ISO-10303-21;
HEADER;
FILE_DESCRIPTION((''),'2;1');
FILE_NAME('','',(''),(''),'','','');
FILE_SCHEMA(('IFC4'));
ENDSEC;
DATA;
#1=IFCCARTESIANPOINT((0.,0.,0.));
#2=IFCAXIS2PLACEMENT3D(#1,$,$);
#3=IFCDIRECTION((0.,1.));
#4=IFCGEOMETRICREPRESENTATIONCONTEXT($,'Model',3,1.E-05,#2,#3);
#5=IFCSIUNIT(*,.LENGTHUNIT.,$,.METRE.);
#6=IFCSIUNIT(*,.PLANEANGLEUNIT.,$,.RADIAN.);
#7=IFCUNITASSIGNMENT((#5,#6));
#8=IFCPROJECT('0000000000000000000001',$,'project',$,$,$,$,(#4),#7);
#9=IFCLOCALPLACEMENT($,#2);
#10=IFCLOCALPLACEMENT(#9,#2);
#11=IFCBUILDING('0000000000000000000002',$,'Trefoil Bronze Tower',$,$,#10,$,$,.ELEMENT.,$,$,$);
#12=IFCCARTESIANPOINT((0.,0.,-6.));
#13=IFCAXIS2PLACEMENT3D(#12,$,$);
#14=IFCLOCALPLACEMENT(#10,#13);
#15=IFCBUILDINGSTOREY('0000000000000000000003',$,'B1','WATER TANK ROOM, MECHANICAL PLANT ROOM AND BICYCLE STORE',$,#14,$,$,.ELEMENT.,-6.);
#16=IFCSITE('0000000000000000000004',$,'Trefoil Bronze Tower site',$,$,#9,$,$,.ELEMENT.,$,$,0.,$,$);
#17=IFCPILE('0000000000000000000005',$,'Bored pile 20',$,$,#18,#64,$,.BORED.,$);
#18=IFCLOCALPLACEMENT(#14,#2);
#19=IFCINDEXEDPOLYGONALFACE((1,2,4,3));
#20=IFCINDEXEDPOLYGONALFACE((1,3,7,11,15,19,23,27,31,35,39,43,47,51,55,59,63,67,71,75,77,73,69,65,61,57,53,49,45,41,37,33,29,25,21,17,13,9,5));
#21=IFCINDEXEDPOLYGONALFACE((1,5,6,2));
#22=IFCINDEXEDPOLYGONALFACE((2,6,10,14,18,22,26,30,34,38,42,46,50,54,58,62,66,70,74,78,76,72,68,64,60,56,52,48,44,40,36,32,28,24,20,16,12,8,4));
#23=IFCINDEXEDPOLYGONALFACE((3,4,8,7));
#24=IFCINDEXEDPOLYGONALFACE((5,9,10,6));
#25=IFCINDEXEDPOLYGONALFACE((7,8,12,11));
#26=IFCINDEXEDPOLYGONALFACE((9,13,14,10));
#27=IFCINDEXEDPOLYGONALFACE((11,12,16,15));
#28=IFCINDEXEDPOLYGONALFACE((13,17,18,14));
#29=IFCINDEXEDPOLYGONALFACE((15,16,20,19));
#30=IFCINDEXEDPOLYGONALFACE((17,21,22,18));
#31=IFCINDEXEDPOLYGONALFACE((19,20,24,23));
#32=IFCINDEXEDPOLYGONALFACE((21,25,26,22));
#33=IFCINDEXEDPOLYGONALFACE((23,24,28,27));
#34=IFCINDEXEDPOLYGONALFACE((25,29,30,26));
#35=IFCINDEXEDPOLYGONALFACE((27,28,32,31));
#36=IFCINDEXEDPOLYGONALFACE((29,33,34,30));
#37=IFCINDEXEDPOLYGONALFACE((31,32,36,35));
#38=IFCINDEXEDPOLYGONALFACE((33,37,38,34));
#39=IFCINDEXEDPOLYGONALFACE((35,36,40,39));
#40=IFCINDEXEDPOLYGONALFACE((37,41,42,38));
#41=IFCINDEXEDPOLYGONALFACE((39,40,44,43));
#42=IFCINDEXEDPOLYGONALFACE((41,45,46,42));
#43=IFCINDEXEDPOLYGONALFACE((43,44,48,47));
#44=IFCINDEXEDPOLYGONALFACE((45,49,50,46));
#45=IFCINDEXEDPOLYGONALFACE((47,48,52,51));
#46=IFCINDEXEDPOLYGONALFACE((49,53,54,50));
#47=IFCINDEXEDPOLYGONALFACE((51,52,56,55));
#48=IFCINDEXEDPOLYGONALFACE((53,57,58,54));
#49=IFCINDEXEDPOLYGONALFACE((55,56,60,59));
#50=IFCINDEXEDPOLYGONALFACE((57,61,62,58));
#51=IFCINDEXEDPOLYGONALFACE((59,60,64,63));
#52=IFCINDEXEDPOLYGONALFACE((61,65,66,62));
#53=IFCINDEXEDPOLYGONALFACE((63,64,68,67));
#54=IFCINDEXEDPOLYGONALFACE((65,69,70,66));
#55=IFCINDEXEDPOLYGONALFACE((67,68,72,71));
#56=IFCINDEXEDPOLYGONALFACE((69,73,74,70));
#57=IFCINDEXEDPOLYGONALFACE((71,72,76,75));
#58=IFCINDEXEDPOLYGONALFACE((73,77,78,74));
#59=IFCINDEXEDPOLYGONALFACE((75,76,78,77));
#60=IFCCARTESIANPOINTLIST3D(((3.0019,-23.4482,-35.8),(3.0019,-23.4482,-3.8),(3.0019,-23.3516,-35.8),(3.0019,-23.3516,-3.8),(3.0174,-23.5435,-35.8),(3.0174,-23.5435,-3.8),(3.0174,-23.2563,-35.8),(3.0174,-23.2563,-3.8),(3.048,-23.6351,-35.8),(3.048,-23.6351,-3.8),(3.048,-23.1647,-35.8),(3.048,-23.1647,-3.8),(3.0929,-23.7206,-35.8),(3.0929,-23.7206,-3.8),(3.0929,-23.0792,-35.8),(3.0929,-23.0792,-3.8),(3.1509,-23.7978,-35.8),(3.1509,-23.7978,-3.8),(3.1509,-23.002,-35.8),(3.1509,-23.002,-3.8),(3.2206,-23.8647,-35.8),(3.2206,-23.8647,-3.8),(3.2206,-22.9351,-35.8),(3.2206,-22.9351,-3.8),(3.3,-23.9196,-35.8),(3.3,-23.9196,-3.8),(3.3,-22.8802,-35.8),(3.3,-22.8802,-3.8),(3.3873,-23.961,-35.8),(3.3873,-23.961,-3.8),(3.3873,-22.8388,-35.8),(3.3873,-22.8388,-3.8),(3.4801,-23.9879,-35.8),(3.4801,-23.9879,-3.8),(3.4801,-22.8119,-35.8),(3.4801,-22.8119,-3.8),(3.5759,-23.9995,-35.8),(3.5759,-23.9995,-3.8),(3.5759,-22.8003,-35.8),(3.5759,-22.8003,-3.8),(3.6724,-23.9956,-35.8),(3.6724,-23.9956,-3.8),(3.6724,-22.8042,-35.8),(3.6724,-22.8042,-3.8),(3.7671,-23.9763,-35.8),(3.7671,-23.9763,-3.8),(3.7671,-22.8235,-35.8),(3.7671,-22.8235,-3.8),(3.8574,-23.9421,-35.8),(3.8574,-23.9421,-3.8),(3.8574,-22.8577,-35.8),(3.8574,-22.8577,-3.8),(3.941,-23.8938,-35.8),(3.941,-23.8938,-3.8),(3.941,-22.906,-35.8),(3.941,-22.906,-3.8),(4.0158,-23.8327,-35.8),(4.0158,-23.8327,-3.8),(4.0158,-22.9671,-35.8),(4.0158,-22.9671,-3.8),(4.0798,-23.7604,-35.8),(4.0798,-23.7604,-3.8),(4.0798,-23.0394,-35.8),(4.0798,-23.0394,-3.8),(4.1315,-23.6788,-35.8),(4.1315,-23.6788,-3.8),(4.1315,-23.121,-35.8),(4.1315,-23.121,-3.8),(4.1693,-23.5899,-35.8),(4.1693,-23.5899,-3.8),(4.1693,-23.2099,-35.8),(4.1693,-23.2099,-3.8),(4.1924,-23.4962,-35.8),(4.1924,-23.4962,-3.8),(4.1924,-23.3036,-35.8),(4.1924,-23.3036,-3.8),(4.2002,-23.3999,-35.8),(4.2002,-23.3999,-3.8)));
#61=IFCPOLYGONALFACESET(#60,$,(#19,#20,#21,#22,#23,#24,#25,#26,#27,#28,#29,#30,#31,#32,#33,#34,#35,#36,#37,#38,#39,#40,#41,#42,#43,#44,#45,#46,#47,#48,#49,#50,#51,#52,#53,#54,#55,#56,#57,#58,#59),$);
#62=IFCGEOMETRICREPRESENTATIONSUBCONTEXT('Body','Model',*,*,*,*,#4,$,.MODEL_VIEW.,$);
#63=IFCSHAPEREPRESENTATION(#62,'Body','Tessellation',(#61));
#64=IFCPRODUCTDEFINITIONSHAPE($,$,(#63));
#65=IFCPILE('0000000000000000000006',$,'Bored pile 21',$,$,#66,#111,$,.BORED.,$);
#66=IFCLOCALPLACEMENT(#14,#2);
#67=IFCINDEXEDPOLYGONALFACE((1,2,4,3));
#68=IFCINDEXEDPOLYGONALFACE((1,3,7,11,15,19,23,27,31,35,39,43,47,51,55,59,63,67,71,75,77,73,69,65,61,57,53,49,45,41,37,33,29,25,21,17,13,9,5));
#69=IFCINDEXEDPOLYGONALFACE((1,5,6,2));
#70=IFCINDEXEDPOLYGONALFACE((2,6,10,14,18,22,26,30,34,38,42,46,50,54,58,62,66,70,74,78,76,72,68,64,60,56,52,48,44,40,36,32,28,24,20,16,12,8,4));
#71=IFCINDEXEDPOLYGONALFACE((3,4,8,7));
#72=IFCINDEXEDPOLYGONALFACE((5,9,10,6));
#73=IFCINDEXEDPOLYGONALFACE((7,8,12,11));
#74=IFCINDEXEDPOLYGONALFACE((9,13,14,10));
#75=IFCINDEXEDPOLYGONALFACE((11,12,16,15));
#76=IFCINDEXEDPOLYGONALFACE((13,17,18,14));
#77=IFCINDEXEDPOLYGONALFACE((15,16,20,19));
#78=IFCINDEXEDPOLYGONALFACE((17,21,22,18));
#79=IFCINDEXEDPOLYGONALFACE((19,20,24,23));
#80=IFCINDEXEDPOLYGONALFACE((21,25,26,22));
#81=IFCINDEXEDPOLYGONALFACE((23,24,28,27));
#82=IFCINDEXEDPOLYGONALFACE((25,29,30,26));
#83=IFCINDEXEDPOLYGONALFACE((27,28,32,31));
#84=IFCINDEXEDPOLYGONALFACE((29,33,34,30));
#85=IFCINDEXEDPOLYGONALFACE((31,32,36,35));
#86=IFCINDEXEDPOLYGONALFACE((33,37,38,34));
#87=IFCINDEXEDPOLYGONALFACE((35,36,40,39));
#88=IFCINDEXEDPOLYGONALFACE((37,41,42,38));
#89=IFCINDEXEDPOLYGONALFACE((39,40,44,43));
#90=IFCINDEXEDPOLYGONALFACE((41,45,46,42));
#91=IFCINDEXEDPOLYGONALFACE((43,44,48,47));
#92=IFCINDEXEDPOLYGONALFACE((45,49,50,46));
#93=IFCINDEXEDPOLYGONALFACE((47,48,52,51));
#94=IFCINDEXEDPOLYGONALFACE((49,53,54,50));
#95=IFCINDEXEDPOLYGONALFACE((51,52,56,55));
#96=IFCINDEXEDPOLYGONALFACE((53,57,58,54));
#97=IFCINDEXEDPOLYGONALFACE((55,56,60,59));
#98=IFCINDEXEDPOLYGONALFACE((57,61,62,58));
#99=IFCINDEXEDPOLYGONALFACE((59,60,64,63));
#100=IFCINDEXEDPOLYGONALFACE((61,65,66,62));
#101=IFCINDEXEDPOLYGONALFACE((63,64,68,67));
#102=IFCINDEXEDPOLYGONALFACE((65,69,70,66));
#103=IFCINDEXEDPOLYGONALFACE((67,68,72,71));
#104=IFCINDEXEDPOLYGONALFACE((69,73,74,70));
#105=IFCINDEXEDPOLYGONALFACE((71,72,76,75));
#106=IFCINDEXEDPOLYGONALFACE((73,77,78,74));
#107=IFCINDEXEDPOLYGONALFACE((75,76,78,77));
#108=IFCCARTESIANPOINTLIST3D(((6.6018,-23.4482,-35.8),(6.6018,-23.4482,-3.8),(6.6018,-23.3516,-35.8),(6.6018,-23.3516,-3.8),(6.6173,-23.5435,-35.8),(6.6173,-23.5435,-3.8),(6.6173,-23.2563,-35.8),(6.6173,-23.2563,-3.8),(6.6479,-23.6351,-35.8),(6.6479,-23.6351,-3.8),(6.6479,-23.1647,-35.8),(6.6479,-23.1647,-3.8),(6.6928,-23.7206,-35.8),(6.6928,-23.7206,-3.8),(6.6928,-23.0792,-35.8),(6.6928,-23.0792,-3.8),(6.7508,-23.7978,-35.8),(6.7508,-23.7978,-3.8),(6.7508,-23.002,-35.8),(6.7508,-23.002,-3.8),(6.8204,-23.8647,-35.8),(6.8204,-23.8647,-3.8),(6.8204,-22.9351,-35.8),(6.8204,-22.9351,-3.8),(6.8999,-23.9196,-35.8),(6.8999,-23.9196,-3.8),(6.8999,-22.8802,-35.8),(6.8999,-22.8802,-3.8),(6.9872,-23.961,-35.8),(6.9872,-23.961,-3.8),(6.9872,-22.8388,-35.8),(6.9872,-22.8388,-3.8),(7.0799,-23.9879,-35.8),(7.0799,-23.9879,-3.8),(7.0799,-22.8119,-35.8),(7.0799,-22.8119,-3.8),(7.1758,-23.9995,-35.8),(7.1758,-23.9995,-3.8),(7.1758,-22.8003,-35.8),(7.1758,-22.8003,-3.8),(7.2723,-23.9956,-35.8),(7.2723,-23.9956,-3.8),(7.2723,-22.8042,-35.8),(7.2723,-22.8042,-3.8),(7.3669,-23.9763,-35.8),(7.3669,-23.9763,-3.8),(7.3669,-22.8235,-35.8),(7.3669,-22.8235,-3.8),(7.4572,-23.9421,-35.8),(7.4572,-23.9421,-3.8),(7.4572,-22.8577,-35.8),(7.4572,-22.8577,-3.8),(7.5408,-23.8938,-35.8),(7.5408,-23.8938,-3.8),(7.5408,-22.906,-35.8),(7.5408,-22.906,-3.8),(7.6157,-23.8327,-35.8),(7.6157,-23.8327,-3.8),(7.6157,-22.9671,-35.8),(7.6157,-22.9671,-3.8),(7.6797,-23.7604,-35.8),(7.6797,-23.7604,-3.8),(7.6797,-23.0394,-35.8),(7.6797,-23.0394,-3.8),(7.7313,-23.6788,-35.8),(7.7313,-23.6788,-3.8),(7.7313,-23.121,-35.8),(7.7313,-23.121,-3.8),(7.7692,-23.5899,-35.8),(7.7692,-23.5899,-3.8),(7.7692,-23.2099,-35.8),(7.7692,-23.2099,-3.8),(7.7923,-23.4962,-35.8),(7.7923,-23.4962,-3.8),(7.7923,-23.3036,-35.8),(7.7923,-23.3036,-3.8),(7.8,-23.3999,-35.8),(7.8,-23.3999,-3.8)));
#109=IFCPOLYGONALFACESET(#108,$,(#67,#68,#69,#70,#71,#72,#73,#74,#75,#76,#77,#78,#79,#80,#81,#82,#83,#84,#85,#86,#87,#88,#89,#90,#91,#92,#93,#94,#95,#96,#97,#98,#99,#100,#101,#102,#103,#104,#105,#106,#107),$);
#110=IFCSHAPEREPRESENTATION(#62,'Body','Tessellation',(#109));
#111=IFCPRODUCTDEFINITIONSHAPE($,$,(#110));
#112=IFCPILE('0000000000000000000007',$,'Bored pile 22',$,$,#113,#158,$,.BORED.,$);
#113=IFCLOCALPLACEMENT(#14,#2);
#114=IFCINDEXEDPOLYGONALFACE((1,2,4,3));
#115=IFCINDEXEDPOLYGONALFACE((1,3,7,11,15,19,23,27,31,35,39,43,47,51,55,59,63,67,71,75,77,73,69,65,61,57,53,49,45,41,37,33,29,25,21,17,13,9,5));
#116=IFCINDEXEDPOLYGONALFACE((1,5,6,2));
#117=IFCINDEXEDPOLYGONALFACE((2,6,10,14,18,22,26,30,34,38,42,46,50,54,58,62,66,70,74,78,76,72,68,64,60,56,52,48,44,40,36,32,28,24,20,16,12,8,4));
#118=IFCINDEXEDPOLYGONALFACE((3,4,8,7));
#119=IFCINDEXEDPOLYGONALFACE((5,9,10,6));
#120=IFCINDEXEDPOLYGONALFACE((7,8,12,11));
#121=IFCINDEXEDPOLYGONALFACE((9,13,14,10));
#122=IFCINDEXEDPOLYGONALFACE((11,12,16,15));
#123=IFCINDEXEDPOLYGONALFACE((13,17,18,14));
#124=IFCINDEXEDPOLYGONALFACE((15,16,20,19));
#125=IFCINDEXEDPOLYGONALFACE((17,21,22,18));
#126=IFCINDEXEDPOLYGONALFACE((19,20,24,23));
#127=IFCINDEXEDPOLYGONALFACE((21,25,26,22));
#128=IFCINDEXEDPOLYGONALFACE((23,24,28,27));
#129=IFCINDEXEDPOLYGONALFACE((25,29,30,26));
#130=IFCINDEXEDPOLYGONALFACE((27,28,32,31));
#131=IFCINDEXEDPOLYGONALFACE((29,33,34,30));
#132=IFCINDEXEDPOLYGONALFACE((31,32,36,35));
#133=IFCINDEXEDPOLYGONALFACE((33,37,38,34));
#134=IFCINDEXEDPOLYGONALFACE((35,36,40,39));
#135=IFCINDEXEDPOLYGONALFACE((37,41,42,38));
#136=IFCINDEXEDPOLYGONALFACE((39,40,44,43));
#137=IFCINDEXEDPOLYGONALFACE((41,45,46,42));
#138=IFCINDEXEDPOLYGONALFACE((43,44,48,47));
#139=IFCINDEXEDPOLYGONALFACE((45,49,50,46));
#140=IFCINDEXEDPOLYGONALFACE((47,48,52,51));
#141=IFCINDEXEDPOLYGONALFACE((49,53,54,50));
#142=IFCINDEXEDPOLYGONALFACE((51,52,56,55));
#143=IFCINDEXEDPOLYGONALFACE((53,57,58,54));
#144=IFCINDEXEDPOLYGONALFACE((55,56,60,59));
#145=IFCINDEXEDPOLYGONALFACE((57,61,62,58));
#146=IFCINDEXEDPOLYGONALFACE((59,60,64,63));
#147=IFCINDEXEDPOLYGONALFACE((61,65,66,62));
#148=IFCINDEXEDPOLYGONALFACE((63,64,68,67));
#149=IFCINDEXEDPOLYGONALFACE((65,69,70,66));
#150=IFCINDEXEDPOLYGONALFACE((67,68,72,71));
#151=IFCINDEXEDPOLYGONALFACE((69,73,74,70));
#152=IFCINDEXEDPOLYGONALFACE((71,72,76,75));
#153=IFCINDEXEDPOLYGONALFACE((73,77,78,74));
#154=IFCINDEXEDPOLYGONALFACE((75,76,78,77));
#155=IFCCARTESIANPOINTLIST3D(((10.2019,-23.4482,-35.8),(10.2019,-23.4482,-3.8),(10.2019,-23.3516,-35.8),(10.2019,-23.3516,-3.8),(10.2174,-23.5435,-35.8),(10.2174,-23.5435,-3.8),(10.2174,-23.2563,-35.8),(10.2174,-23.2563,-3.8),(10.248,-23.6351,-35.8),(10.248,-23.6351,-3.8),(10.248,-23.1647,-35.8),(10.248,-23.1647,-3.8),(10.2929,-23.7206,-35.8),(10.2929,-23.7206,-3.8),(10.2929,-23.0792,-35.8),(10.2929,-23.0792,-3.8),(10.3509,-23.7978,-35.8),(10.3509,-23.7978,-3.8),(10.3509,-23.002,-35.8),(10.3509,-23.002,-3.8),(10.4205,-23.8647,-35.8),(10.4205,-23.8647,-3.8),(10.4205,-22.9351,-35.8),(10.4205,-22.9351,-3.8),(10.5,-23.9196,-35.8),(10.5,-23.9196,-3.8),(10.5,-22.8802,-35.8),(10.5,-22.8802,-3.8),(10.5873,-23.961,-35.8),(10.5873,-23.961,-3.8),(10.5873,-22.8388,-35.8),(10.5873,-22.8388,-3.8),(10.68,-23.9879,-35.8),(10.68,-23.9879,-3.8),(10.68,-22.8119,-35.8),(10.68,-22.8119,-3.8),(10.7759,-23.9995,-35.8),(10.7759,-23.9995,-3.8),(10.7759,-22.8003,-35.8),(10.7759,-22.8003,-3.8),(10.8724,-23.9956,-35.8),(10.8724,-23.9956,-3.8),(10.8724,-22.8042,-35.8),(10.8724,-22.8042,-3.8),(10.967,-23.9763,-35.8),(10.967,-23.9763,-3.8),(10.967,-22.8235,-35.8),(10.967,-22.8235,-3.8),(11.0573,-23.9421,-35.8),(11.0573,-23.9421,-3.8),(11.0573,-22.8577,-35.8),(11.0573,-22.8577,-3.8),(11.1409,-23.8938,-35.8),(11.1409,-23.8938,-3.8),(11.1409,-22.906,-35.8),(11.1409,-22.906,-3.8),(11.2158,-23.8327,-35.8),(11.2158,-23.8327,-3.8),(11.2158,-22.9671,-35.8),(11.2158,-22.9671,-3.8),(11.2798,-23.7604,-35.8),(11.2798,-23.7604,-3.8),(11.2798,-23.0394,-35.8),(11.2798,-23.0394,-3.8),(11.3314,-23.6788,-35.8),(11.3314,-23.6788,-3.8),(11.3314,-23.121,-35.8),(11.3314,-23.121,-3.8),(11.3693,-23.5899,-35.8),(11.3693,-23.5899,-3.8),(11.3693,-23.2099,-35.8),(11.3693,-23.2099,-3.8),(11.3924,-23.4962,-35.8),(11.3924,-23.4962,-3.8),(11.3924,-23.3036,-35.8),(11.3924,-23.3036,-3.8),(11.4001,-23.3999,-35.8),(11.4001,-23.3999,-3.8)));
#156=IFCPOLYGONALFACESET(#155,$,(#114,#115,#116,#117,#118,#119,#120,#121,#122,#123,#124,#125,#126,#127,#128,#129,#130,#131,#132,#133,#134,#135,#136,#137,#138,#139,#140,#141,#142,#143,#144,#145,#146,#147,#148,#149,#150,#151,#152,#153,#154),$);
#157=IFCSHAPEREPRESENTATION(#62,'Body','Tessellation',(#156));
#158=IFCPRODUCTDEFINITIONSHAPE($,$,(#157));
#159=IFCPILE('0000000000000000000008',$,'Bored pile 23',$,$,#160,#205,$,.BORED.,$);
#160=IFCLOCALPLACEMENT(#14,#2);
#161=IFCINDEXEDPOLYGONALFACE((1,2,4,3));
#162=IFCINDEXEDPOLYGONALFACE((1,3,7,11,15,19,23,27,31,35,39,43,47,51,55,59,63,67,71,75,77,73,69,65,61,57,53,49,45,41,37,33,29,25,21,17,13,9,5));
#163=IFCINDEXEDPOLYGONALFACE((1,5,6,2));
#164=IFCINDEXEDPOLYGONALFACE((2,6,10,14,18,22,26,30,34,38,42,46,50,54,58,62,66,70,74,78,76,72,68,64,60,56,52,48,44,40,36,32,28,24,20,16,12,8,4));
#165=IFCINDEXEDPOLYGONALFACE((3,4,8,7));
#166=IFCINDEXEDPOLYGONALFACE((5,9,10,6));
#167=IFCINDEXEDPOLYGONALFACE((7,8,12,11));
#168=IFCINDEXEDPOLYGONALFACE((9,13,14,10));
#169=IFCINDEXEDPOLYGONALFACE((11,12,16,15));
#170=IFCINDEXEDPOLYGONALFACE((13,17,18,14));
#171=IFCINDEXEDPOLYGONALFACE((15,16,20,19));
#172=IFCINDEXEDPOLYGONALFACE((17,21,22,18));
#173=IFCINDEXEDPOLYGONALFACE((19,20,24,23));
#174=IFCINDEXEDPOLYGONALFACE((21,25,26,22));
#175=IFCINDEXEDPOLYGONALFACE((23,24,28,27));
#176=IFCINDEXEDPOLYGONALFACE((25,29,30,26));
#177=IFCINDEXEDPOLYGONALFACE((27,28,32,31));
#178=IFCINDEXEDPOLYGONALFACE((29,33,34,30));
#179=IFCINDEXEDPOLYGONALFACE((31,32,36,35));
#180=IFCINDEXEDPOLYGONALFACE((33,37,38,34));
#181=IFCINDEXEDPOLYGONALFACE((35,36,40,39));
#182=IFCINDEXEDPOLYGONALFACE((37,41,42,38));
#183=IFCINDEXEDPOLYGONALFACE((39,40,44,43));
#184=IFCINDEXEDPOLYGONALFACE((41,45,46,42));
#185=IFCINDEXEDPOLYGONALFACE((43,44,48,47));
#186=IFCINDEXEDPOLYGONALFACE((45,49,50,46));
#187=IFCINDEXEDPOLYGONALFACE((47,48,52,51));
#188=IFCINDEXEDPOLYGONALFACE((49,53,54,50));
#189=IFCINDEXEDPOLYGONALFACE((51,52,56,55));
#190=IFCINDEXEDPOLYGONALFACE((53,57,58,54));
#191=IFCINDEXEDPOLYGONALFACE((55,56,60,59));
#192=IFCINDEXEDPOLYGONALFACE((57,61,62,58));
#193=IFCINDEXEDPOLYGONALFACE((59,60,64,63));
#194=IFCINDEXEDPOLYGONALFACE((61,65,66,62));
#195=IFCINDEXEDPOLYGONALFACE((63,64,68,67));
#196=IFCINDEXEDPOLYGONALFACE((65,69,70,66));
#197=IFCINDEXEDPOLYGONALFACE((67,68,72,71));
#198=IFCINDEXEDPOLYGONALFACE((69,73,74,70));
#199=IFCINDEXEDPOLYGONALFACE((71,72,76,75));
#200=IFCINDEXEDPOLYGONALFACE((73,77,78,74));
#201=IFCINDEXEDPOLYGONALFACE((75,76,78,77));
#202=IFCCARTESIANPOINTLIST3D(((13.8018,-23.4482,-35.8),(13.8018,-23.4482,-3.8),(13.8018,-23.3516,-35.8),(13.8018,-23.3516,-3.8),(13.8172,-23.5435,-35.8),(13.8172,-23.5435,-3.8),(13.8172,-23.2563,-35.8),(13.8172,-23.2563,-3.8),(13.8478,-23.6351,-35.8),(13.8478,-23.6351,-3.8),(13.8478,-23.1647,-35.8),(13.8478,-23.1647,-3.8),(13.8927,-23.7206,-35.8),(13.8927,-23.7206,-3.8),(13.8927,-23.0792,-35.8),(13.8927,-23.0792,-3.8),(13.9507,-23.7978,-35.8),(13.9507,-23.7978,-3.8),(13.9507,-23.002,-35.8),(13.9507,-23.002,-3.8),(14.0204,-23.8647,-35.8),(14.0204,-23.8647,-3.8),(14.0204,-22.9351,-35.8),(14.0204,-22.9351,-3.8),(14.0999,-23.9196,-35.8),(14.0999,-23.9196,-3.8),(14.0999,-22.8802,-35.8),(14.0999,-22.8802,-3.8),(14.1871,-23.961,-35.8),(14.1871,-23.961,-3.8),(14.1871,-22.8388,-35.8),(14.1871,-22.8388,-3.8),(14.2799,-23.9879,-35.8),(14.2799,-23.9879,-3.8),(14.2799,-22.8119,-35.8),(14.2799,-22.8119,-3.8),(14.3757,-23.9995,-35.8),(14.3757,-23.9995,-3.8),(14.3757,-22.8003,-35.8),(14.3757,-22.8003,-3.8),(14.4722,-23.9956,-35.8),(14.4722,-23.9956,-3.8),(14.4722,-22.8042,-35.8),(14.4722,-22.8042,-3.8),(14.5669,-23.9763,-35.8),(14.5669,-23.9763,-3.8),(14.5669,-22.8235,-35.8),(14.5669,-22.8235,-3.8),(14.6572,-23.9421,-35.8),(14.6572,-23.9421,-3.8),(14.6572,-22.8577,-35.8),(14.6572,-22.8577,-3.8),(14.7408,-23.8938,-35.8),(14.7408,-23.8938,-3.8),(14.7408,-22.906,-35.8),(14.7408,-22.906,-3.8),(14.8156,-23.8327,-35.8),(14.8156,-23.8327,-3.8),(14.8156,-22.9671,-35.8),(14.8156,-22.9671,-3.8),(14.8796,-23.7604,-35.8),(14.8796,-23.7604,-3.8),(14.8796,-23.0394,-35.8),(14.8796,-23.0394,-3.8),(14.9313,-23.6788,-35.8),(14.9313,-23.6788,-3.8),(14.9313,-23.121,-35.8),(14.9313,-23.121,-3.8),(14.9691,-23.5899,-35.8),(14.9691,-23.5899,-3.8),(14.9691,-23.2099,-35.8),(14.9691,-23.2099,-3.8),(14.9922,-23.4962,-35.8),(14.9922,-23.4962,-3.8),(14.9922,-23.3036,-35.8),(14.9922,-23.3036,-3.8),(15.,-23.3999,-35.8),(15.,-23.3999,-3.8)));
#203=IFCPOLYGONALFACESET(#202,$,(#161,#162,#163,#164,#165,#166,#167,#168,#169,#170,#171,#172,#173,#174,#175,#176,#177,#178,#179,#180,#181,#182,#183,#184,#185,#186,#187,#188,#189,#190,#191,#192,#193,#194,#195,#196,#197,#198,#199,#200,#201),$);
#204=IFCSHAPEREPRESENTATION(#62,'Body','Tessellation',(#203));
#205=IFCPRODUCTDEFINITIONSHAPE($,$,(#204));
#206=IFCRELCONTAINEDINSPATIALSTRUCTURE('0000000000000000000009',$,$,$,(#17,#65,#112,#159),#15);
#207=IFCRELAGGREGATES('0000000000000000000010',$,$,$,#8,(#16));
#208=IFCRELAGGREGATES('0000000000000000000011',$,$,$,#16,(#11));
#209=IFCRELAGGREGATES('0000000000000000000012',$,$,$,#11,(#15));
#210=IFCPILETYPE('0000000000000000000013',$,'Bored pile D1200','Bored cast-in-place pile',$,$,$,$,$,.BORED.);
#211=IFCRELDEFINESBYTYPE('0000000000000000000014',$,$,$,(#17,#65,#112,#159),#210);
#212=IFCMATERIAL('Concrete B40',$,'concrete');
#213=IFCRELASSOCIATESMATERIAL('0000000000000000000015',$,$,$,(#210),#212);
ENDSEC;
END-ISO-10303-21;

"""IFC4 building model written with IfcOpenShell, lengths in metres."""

from ifc_helpers import new_model, si_unit, direction, frame, origin, origin_2d, place, context, subcontext, project, spatial, circle, extrude, material, type_object, element, save


model = new_model("IFC4")

# Units and contexts
model_context = context("Model", 3, precision=1e-05, world=origin(), true_north=direction((0.0, 1.0)))
body_context = subcontext(model_context, "Body", "Model", "MODEL_VIEW")
ifc_project = project(units=[si_unit("LENGTHUNIT", "METRE"), si_unit("PLANEANGLEUNIT", "RADIAN")], contexts=[model_context])

# Site, building, storey
site_placement = place(None, origin())
site = spatial("IfcSite", under=ifc_project, at=site_placement, Name="Trefoil Bronze Tower site", CompositionType="ELEMENT", RefElevation=0.0)
building_placement = place(site_placement, origin())
building = spatial("IfcBuilding", under=site, at=building_placement, Name="Trefoil Bronze Tower", CompositionType="ELEMENT")
storey_placement = place(building_placement, frame((0.0, 0.0, -6.0)))
storey = spatial("IfcBuildingStorey", under=building, at=storey_placement, Name="B1", Description="WATER TANK ROOM, MECHANICAL PLANT ROOM AND BICYCLE STORE", CompositionType="ELEMENT", Elevation=-6.0)

# Piles
ifc_material_1 = material(Name="Concrete B40", Category="concrete")
pile_type = type_object("IfcPileType", Name="Bored pile D1200", Description="Bored cast-in-place pile", PredefinedType="BORED", material=ifc_material_1)
for number, where, z_axis, x_axis, name in (
    (1, (3.6001, -23.3999, -3.8), (0.0, 0.0, -1.0), (1.0, 0.0, 0.0), "Bored pile 20"),
    (2, (7.2, -23.3999, -3.8), (0.0, 0.0, -1.0), (1.0, 0.0, 0.0), "Bored pile 21"),
    (3, (10.8, -23.3999, -3.8), (0.0, 0.0, -1.0), (1.0, 0.0, 0.0), "Bored pile 22"),
    (4, (14.3999, -23.3999, -3.8), (0.0, 0.0, -1.0), (1.0, 0.0, 0.0), "Bored pile 23"),
):
    element("IfcPile", number, at=place(storey_placement, frame(where, z_axis=z_axis, x_axis=x_axis)), inside=storey, type_object=pile_type, Name=name, PredefinedType="BORED", context=body_context, shape_type="SweptSolid", body=[
        extrude(circle(Radius=0.6001, at=origin_2d()), origin(), (0.0, 0.0, 1.0), 32.0),
    ])

save(model, "model.ifc")
